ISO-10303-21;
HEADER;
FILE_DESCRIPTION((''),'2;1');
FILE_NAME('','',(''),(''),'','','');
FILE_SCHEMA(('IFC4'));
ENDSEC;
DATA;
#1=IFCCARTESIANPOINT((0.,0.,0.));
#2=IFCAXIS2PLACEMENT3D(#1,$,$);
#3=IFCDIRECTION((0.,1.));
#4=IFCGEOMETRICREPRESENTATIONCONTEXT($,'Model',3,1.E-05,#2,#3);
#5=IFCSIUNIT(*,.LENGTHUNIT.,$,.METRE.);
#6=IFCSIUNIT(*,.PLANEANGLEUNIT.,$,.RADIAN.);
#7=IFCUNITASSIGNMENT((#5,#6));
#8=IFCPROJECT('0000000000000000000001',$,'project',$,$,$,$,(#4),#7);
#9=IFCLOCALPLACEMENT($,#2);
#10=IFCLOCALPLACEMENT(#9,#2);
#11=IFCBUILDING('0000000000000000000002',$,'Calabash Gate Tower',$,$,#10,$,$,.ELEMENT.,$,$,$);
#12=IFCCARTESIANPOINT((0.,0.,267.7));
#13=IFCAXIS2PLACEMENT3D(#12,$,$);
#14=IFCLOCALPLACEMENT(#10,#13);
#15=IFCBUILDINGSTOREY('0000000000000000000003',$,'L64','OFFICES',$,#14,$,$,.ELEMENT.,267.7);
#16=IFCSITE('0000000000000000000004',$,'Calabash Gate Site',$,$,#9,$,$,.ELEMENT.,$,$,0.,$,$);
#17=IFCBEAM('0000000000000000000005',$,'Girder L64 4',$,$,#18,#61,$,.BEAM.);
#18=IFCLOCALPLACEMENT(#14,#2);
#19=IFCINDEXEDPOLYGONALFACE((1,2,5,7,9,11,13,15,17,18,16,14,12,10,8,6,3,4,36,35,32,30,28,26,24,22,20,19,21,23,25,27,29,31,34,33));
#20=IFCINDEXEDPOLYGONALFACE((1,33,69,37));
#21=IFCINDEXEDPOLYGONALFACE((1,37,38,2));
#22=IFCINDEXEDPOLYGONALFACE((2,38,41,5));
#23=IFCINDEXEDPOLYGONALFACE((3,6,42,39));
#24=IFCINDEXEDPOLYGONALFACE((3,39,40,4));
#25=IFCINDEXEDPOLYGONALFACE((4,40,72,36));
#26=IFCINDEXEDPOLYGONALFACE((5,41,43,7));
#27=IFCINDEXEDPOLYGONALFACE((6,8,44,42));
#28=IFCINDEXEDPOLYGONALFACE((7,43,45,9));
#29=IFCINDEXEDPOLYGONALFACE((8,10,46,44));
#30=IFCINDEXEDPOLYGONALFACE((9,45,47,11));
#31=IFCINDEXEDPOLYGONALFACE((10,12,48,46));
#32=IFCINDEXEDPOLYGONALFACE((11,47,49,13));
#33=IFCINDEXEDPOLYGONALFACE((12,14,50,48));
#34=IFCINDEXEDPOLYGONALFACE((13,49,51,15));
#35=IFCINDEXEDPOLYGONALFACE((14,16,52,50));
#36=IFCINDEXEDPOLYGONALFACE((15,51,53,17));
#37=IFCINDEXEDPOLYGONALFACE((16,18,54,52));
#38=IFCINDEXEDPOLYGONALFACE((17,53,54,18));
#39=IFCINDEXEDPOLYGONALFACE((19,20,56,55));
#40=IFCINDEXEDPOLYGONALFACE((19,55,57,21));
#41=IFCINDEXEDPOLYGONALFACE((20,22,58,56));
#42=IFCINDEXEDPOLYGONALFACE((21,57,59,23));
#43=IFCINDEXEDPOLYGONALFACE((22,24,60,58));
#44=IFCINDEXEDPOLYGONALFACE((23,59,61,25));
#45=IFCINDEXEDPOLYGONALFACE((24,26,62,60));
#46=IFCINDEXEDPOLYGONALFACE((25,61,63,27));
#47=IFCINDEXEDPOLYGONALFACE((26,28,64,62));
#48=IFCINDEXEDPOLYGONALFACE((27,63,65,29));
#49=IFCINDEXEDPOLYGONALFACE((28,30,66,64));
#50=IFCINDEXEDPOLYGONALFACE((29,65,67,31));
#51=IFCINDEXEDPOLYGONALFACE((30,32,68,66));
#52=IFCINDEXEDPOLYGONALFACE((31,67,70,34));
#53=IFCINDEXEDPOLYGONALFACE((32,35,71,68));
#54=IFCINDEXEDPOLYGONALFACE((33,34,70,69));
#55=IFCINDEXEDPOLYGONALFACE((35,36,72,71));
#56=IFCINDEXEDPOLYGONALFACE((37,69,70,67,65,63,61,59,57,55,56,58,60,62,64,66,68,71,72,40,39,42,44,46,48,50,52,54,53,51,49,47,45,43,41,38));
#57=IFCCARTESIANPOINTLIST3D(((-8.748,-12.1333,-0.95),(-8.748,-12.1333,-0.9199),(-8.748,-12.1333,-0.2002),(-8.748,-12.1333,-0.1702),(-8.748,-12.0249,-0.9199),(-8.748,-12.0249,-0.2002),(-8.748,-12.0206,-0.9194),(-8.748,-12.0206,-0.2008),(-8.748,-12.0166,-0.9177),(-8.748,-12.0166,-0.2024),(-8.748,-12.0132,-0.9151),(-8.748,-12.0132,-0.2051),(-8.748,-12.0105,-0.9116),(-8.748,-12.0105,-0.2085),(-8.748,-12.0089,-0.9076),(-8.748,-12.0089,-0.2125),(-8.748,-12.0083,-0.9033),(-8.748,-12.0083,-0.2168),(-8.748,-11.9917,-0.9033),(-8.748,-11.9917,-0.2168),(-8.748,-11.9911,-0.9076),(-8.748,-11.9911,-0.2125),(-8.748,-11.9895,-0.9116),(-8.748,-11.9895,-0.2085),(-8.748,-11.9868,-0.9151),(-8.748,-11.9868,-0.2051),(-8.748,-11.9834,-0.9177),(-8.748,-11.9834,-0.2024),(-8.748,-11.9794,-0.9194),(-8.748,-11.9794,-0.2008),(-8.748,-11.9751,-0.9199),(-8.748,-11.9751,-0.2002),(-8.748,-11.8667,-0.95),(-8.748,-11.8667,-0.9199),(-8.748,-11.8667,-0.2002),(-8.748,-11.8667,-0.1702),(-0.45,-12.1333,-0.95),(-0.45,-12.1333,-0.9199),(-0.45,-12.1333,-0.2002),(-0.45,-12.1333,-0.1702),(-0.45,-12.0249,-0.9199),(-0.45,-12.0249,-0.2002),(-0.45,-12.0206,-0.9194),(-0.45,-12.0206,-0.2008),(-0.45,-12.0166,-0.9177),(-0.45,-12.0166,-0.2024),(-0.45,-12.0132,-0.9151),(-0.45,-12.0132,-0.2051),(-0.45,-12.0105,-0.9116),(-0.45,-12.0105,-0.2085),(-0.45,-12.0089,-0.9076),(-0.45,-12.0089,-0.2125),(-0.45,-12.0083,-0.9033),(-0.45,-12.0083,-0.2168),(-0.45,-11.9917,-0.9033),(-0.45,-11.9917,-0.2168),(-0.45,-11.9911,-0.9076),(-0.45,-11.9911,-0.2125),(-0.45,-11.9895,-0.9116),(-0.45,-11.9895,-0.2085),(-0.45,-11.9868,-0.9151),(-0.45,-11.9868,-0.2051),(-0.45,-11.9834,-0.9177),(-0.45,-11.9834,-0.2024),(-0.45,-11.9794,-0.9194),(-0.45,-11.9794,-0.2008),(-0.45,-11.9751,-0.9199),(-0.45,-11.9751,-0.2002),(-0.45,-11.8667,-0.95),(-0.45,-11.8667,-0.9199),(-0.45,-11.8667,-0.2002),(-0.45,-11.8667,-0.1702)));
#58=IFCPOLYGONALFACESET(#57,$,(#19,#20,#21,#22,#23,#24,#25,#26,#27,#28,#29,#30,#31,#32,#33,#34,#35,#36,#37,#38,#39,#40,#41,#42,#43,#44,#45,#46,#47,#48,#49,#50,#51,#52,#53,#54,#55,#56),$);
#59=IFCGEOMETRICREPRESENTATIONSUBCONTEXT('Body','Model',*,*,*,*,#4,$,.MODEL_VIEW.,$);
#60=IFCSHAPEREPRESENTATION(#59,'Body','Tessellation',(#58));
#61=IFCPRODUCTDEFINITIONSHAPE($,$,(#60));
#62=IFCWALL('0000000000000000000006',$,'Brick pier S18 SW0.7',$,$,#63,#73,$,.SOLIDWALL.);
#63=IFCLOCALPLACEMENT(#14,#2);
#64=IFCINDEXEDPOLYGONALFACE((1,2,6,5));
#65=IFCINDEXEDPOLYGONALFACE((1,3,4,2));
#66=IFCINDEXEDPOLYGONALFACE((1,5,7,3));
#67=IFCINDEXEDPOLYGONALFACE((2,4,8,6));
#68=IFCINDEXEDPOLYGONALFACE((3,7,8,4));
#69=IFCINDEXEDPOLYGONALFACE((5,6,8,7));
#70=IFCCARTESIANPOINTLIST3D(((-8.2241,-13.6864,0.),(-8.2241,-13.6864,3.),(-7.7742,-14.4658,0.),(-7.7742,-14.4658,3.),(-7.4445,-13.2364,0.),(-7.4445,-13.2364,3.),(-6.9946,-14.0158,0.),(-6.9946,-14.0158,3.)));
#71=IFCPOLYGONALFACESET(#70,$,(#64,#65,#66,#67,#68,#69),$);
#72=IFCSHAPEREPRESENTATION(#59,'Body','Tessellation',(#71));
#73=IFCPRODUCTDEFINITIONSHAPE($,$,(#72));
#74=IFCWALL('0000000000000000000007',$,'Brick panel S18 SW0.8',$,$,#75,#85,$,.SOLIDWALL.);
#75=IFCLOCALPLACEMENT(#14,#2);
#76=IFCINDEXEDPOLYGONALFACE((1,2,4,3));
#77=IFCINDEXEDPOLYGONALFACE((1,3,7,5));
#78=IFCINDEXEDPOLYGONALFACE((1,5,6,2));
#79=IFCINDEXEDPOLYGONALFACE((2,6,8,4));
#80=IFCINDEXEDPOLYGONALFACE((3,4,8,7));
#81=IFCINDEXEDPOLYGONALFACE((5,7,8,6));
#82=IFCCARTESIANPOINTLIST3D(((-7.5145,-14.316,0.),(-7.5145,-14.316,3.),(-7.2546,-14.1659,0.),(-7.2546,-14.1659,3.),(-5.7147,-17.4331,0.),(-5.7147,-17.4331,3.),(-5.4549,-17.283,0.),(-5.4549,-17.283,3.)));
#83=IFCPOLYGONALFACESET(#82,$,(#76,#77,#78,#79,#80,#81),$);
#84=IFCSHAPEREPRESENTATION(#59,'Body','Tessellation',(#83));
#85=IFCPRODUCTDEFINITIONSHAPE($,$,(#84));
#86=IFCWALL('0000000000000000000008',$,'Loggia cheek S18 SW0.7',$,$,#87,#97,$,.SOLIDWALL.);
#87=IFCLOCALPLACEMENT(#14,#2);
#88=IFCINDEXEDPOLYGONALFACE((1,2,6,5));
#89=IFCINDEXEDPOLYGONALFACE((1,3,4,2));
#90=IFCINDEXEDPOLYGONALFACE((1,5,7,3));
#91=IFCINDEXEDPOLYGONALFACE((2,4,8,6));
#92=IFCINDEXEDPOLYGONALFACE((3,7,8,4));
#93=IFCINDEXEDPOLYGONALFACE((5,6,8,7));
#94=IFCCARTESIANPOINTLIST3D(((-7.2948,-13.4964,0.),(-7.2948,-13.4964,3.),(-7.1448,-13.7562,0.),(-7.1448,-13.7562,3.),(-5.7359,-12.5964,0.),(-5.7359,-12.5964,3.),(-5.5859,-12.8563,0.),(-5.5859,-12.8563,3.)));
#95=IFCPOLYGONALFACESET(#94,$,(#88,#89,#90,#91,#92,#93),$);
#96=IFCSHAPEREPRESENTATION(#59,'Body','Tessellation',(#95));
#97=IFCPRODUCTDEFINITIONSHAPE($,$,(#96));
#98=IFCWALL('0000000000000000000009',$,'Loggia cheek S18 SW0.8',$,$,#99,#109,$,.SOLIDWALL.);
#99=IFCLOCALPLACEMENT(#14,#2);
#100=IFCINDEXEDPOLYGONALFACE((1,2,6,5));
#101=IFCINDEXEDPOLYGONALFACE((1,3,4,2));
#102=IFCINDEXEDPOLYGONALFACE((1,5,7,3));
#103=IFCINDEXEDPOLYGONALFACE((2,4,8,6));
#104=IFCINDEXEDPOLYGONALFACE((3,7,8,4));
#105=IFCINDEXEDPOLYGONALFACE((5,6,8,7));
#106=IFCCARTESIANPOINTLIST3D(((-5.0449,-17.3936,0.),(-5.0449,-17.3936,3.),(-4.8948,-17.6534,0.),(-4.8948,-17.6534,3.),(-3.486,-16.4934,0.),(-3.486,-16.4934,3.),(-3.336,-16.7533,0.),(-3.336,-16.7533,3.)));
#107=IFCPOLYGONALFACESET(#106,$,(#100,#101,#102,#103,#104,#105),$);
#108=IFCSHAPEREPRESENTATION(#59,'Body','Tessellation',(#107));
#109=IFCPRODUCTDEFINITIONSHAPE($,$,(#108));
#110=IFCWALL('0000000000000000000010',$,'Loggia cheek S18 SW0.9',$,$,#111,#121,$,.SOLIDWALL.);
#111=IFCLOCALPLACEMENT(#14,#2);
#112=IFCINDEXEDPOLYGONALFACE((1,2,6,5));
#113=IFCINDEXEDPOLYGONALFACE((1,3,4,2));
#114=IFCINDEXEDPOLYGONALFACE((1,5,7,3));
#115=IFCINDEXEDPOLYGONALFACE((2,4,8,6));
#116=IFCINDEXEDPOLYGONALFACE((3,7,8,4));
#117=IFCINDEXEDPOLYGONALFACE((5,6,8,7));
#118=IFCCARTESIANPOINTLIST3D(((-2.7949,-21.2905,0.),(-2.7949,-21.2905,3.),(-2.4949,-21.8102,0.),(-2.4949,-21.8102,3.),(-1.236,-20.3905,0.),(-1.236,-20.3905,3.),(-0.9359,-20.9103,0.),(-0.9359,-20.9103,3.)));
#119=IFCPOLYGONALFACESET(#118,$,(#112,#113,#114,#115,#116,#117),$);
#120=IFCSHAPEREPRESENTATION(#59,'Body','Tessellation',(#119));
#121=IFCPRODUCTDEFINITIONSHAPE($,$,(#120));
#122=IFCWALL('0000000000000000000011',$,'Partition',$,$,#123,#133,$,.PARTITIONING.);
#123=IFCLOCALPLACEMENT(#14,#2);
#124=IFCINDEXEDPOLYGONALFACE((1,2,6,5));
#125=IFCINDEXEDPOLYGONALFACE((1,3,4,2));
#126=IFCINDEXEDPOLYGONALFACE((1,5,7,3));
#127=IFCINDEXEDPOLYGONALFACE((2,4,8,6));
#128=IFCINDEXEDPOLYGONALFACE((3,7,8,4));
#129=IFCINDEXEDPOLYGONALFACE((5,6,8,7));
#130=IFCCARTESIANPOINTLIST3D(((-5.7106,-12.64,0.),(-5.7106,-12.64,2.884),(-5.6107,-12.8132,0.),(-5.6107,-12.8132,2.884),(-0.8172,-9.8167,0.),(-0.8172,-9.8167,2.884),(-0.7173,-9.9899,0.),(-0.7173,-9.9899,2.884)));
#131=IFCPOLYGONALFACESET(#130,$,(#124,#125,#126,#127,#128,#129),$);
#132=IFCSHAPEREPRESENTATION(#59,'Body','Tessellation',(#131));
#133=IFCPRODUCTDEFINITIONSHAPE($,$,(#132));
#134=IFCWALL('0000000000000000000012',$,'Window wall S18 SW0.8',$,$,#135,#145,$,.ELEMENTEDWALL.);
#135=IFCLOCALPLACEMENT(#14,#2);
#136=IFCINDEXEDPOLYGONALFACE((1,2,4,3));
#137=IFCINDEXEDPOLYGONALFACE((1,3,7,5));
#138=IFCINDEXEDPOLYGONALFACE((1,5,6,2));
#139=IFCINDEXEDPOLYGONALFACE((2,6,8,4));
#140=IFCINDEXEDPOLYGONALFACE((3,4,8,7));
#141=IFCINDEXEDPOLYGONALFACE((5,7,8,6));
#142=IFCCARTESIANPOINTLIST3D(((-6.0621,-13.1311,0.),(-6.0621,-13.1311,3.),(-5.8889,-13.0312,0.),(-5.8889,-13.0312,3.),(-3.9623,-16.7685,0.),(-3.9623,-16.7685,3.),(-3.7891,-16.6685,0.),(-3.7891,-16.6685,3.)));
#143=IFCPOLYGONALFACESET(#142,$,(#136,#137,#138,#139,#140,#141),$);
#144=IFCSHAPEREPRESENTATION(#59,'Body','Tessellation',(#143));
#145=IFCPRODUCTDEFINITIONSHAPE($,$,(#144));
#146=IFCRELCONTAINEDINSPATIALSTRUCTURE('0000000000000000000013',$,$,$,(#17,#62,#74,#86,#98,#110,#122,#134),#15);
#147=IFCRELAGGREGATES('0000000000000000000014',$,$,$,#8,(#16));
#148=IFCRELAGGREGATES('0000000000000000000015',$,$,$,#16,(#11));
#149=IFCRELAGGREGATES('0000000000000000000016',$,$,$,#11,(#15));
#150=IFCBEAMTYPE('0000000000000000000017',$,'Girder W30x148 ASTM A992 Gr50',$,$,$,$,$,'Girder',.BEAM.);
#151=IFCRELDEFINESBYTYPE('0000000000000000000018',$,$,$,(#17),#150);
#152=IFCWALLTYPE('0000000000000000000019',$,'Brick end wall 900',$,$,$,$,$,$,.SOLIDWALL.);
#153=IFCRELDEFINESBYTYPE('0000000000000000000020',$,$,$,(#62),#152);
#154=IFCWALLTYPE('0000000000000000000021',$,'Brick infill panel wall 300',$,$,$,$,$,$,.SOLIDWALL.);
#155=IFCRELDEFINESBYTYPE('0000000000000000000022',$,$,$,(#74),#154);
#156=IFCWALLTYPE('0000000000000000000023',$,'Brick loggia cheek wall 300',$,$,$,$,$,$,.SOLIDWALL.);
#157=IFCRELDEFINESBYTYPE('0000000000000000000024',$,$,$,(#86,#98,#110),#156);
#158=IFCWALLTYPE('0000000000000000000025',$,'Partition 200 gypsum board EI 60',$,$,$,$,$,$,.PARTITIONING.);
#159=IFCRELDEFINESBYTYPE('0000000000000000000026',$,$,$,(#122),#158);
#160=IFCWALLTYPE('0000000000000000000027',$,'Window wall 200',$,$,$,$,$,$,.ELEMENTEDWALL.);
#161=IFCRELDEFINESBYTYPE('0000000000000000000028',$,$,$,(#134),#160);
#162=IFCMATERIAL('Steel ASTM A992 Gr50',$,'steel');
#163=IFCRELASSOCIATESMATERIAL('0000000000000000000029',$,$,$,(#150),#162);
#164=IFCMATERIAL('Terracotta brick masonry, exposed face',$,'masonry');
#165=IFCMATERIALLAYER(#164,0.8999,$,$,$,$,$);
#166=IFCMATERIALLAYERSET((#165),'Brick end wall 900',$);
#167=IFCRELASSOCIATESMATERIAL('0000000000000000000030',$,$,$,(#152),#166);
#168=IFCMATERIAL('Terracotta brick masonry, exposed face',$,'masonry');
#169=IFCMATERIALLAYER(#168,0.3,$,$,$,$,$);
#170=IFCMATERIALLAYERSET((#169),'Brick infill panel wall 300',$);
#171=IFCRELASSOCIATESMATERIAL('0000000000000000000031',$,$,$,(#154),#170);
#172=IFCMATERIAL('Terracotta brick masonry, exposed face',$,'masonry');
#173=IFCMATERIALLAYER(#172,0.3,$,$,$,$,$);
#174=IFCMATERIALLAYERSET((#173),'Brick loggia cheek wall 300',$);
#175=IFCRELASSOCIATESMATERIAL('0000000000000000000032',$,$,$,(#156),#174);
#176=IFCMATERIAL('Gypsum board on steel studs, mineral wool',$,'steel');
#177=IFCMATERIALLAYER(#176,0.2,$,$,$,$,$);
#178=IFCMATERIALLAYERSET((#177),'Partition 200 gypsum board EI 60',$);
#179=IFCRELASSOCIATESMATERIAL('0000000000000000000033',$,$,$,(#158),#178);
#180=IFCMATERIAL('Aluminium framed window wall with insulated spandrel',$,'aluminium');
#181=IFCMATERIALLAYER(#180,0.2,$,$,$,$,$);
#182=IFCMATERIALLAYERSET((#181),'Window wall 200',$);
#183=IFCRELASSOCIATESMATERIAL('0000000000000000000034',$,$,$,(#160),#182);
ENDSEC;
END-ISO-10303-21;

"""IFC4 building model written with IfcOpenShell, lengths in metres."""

from ifc_helpers import new_model, si_unit, direction, frame, frame_2d, origin, origin_2d, place, context, subcontext, project, spatial, rectangle, i_section, extrude, material, layer, layer_set, material_profile, profile_set, type_object, element, save


model = new_model("IFC4")

# Units and contexts
model_context = context("Model", 3, precision=1e-05, world=origin(), true_north=direction((0.0, 1.0)))
body_context = subcontext(model_context, "Body", "Model", "MODEL_VIEW")
ifc_project = project(units=[si_unit("LENGTHUNIT", "METRE"), si_unit("PLANEANGLEUNIT", "RADIAN")], contexts=[model_context])

# Site, building, storey
site_placement = place(None, origin())
site = spatial("IfcSite", under=ifc_project, at=site_placement, Name="Calabash Gate Site", CompositionType="ELEMENT", RefElevation=0.0)
building_placement = place(site_placement, origin())
building = spatial("IfcBuilding", under=site, at=building_placement, Name="Calabash Gate Tower", CompositionType="ELEMENT")
storey_placement = place(building_placement, frame((0.0, 0.0, 267.7)))
storey = spatial("IfcBuildingStorey", under=building, at=storey_placement, Name="L64", Description="OFFICES", CompositionType="ELEMENT", Elevation=267.7)

# Beam
ifc_material_1 = material(Name="Steel ASTM A992 Gr50", Category="steel")
ifc_material_profile_1 = material_profile(ifc_material_1, i_section(OverallWidth=0.2666, OverallDepth=0.7798, WebThickness=0.0166, FlangeThickness=0.03, FilletRadius=0.0166, at=origin_2d()))
ifc_profile_set_1 = profile_set([ifc_material_profile_1], Name="Steel ASTM A992 Gr50")
beam_type_1 = type_object("IfcBeamType", Name="Girder W30x148 ASTM A992 Gr50", ElementType="Girder", PredefinedType="BEAM", material=ifc_profile_set_1)
beam_1_placement = place(storey_placement, frame((-8.748, -12.0, -0.5601), z_axis=(1.0, 0.0, 0.0), x_axis=(0.0, 1.0, 0.0)))
element("IfcBeam", 1, at=beam_1_placement, inside=storey, type_object=beam_type_1, Name="Girder L64 4", PredefinedType="BEAM", context=body_context, shape_type="SweptSolid", body=[
    extrude(i_section(OverallWidth=0.2666, OverallDepth=0.7798, WebThickness=0.0166, FlangeThickness=0.03, FilletRadius=0.0166, at=origin_2d()), origin(), (0.0, 0.0, 1.0), 8.2981),
])

# Walls
ifc_material_2 = material(Name="Terracotta brick masonry, exposed face", Category="masonry")
ifc_layer_1 = layer(ifc_material_2, 0.8999)
ifc_layer_set_1 = layer_set([ifc_layer_1], Name="Brick end wall 900")
wall_type_1 = type_object("IfcWallType", Name="Brick end wall 900", PredefinedType="SOLIDWALL", material=ifc_layer_set_1)
wall_1_placement = place(storey_placement, frame((-7.9993, -14.0762, 0.0), z_axis=(0.0, 0.0, 1.0), x_axis=(0.866082, 0.499902, 0.0)))
element("IfcWall", 2, at=wall_1_placement, inside=storey, type_object=wall_type_1, Name="Brick pier S18 SW0.7", PredefinedType="SOLIDWALL", context=body_context, shape_type="SweptSolid", body=[
    extrude(rectangle(XDim=0.9001, YDim=0.8999, at=frame_2d((0.4502, 0.0))), origin(), (0.0, 0.0, 1.0), 3.0),
])
ifc_material_3 = material(Name="Terracotta brick masonry, exposed face", Category="masonry")
ifc_layer_2 = layer(ifc_material_3, 0.3)
ifc_layer_set_2 = layer_set([ifc_layer_2], Name="Brick infill panel wall 300")
wall_type_2 = type_object("IfcWallType", Name="Brick infill panel wall 300", PredefinedType="SOLIDWALL", material=ifc_layer_set_2)
wall_2_placement = place(storey_placement, frame((-5.5847, -17.3582, 0.0), z_axis=(0.0, 0.0, 1.0), x_axis=(-0.50002, 0.866014, 0.0)))
element("IfcWall", 3, at=wall_2_placement, inside=storey, type_object=wall_type_2, Name="Brick panel S18 SW0.8", PredefinedType="SOLIDWALL", context=body_context, shape_type="SweptSolid", body=[
    extrude(rectangle(XDim=3.5994, YDim=0.3, at=frame_2d((1.7998, 0.0))), origin(), (0.0, 0.0, 1.0), 3.0),
])
ifc_material_4 = material(Name="Terracotta brick masonry, exposed face", Category="masonry")
ifc_layer_3 = layer(ifc_material_4, 0.3)
ifc_layer_set_3 = layer_set([ifc_layer_3], Name="Brick loggia cheek wall 300")
wall_type_3 = type_object("IfcWallType", Name="Brick loggia cheek wall 300", PredefinedType="SOLIDWALL", material=ifc_layer_set_3)
for number, where, z_axis, x_axis, name in (
    (4, (-7.2197, -13.6262, 0.0), (0.0, 0.0, 1.0), (0.866048, 0.499961, 0.0), "Loggia cheek S18 SW0.7"),
    (5, (-4.9697, -17.5234, 0.0), (0.0, 0.0, 1.0), (0.865989, 0.500063, 0.0), "Loggia cheek S18 SW0.8"),
):
    element("IfcWall", number, at=place(storey_placement, frame(where, z_axis=z_axis, x_axis=x_axis)), inside=storey, type_object=wall_type_3, Name=name, PredefinedType="SOLIDWALL", context=body_context, shape_type="SweptSolid", body=[
        extrude(rectangle(XDim=1.8, YDim=0.3, at=frame_2d((0.8999, 0.0))), origin(), (0.0, 0.0, 1.0), 3.0),
    ])
wall_3_placement = place(storey_placement, frame((-2.6448, -21.5503, 0.0), z_axis=(0.0, 0.0, 1.0), x_axis=(0.866048, 0.499961, 0.0)))
element("IfcWall", 6, at=wall_3_placement, inside=storey, type_object=wall_type_3, Name="Loggia cheek S18 SW0.9", PredefinedType="SOLIDWALL", context=body_context, shape_type="SweptSolid", body=[
    extrude(rectangle(XDim=1.8, YDim=0.6001, at=frame_2d((0.8999, 0.0))), origin(), (0.0, 0.0, 1.0), 3.0),
])
ifc_material_5 = material(Name="Gypsum board on steel studs, mineral wool", Category="steel")
ifc_layer_4 = layer(ifc_material_5, 0.2)
ifc_layer_set_4 = layer_set([ifc_layer_4], Name="Partition 200 gypsum board EI 60")
wall_type_4 = type_object("IfcWallType", Name="Partition 200 gypsum board EI 60", PredefinedType="PARTITIONING", material=ifc_layer_set_4)
wall_4_placement = place(storey_placement, frame((-5.6606, -12.7266, 0.0), z_axis=(0.0, 0.0, 1.0), x_axis=(0.866172, 0.499746, 0.0)))
element("IfcWall", 7, at=wall_4_placement, inside=storey, type_object=wall_type_4, Name="Partition", PredefinedType="PARTITIONING", context=body_context, shape_type="SweptSolid", body=[
    extrude(rectangle(XDim=5.6494, YDim=0.2, at=frame_2d((2.8247, 0.0))), origin(), (0.0, 0.0, 1.0), 2.884),
])
ifc_material_6 = material(Name="Aluminium framed window wall with insulated spandrel", Category="aluminium")
ifc_layer_5 = layer(ifc_material_6, 0.2)
ifc_layer_set_5 = layer_set([ifc_layer_5], Name="Window wall 200")
wall_type_5 = type_object("IfcWallType", Name="Window wall 200", PredefinedType="ELEMENTEDWALL", material=ifc_layer_set_5)
wall_5_placement = place(storey_placement, frame((-5.9756, -13.0811, 0.0), z_axis=(0.0, 0.0, 1.0), x_axis=(0.499959, -0.866049, 0.0)))
element("IfcWall", 8, at=wall_5_placement, inside=storey, type_object=wall_type_5, Name="Window wall S18 SW0.8", PredefinedType="ELEMENTEDWALL", context=body_context, shape_type="SweptSolid", body=[
    extrude(rectangle(XDim=4.2, YDim=0.2, at=frame_2d((2.1001, 0.0))), origin(), (0.0, 0.0, 1.0), 3.0),
])

save(model, "model.ifc")
